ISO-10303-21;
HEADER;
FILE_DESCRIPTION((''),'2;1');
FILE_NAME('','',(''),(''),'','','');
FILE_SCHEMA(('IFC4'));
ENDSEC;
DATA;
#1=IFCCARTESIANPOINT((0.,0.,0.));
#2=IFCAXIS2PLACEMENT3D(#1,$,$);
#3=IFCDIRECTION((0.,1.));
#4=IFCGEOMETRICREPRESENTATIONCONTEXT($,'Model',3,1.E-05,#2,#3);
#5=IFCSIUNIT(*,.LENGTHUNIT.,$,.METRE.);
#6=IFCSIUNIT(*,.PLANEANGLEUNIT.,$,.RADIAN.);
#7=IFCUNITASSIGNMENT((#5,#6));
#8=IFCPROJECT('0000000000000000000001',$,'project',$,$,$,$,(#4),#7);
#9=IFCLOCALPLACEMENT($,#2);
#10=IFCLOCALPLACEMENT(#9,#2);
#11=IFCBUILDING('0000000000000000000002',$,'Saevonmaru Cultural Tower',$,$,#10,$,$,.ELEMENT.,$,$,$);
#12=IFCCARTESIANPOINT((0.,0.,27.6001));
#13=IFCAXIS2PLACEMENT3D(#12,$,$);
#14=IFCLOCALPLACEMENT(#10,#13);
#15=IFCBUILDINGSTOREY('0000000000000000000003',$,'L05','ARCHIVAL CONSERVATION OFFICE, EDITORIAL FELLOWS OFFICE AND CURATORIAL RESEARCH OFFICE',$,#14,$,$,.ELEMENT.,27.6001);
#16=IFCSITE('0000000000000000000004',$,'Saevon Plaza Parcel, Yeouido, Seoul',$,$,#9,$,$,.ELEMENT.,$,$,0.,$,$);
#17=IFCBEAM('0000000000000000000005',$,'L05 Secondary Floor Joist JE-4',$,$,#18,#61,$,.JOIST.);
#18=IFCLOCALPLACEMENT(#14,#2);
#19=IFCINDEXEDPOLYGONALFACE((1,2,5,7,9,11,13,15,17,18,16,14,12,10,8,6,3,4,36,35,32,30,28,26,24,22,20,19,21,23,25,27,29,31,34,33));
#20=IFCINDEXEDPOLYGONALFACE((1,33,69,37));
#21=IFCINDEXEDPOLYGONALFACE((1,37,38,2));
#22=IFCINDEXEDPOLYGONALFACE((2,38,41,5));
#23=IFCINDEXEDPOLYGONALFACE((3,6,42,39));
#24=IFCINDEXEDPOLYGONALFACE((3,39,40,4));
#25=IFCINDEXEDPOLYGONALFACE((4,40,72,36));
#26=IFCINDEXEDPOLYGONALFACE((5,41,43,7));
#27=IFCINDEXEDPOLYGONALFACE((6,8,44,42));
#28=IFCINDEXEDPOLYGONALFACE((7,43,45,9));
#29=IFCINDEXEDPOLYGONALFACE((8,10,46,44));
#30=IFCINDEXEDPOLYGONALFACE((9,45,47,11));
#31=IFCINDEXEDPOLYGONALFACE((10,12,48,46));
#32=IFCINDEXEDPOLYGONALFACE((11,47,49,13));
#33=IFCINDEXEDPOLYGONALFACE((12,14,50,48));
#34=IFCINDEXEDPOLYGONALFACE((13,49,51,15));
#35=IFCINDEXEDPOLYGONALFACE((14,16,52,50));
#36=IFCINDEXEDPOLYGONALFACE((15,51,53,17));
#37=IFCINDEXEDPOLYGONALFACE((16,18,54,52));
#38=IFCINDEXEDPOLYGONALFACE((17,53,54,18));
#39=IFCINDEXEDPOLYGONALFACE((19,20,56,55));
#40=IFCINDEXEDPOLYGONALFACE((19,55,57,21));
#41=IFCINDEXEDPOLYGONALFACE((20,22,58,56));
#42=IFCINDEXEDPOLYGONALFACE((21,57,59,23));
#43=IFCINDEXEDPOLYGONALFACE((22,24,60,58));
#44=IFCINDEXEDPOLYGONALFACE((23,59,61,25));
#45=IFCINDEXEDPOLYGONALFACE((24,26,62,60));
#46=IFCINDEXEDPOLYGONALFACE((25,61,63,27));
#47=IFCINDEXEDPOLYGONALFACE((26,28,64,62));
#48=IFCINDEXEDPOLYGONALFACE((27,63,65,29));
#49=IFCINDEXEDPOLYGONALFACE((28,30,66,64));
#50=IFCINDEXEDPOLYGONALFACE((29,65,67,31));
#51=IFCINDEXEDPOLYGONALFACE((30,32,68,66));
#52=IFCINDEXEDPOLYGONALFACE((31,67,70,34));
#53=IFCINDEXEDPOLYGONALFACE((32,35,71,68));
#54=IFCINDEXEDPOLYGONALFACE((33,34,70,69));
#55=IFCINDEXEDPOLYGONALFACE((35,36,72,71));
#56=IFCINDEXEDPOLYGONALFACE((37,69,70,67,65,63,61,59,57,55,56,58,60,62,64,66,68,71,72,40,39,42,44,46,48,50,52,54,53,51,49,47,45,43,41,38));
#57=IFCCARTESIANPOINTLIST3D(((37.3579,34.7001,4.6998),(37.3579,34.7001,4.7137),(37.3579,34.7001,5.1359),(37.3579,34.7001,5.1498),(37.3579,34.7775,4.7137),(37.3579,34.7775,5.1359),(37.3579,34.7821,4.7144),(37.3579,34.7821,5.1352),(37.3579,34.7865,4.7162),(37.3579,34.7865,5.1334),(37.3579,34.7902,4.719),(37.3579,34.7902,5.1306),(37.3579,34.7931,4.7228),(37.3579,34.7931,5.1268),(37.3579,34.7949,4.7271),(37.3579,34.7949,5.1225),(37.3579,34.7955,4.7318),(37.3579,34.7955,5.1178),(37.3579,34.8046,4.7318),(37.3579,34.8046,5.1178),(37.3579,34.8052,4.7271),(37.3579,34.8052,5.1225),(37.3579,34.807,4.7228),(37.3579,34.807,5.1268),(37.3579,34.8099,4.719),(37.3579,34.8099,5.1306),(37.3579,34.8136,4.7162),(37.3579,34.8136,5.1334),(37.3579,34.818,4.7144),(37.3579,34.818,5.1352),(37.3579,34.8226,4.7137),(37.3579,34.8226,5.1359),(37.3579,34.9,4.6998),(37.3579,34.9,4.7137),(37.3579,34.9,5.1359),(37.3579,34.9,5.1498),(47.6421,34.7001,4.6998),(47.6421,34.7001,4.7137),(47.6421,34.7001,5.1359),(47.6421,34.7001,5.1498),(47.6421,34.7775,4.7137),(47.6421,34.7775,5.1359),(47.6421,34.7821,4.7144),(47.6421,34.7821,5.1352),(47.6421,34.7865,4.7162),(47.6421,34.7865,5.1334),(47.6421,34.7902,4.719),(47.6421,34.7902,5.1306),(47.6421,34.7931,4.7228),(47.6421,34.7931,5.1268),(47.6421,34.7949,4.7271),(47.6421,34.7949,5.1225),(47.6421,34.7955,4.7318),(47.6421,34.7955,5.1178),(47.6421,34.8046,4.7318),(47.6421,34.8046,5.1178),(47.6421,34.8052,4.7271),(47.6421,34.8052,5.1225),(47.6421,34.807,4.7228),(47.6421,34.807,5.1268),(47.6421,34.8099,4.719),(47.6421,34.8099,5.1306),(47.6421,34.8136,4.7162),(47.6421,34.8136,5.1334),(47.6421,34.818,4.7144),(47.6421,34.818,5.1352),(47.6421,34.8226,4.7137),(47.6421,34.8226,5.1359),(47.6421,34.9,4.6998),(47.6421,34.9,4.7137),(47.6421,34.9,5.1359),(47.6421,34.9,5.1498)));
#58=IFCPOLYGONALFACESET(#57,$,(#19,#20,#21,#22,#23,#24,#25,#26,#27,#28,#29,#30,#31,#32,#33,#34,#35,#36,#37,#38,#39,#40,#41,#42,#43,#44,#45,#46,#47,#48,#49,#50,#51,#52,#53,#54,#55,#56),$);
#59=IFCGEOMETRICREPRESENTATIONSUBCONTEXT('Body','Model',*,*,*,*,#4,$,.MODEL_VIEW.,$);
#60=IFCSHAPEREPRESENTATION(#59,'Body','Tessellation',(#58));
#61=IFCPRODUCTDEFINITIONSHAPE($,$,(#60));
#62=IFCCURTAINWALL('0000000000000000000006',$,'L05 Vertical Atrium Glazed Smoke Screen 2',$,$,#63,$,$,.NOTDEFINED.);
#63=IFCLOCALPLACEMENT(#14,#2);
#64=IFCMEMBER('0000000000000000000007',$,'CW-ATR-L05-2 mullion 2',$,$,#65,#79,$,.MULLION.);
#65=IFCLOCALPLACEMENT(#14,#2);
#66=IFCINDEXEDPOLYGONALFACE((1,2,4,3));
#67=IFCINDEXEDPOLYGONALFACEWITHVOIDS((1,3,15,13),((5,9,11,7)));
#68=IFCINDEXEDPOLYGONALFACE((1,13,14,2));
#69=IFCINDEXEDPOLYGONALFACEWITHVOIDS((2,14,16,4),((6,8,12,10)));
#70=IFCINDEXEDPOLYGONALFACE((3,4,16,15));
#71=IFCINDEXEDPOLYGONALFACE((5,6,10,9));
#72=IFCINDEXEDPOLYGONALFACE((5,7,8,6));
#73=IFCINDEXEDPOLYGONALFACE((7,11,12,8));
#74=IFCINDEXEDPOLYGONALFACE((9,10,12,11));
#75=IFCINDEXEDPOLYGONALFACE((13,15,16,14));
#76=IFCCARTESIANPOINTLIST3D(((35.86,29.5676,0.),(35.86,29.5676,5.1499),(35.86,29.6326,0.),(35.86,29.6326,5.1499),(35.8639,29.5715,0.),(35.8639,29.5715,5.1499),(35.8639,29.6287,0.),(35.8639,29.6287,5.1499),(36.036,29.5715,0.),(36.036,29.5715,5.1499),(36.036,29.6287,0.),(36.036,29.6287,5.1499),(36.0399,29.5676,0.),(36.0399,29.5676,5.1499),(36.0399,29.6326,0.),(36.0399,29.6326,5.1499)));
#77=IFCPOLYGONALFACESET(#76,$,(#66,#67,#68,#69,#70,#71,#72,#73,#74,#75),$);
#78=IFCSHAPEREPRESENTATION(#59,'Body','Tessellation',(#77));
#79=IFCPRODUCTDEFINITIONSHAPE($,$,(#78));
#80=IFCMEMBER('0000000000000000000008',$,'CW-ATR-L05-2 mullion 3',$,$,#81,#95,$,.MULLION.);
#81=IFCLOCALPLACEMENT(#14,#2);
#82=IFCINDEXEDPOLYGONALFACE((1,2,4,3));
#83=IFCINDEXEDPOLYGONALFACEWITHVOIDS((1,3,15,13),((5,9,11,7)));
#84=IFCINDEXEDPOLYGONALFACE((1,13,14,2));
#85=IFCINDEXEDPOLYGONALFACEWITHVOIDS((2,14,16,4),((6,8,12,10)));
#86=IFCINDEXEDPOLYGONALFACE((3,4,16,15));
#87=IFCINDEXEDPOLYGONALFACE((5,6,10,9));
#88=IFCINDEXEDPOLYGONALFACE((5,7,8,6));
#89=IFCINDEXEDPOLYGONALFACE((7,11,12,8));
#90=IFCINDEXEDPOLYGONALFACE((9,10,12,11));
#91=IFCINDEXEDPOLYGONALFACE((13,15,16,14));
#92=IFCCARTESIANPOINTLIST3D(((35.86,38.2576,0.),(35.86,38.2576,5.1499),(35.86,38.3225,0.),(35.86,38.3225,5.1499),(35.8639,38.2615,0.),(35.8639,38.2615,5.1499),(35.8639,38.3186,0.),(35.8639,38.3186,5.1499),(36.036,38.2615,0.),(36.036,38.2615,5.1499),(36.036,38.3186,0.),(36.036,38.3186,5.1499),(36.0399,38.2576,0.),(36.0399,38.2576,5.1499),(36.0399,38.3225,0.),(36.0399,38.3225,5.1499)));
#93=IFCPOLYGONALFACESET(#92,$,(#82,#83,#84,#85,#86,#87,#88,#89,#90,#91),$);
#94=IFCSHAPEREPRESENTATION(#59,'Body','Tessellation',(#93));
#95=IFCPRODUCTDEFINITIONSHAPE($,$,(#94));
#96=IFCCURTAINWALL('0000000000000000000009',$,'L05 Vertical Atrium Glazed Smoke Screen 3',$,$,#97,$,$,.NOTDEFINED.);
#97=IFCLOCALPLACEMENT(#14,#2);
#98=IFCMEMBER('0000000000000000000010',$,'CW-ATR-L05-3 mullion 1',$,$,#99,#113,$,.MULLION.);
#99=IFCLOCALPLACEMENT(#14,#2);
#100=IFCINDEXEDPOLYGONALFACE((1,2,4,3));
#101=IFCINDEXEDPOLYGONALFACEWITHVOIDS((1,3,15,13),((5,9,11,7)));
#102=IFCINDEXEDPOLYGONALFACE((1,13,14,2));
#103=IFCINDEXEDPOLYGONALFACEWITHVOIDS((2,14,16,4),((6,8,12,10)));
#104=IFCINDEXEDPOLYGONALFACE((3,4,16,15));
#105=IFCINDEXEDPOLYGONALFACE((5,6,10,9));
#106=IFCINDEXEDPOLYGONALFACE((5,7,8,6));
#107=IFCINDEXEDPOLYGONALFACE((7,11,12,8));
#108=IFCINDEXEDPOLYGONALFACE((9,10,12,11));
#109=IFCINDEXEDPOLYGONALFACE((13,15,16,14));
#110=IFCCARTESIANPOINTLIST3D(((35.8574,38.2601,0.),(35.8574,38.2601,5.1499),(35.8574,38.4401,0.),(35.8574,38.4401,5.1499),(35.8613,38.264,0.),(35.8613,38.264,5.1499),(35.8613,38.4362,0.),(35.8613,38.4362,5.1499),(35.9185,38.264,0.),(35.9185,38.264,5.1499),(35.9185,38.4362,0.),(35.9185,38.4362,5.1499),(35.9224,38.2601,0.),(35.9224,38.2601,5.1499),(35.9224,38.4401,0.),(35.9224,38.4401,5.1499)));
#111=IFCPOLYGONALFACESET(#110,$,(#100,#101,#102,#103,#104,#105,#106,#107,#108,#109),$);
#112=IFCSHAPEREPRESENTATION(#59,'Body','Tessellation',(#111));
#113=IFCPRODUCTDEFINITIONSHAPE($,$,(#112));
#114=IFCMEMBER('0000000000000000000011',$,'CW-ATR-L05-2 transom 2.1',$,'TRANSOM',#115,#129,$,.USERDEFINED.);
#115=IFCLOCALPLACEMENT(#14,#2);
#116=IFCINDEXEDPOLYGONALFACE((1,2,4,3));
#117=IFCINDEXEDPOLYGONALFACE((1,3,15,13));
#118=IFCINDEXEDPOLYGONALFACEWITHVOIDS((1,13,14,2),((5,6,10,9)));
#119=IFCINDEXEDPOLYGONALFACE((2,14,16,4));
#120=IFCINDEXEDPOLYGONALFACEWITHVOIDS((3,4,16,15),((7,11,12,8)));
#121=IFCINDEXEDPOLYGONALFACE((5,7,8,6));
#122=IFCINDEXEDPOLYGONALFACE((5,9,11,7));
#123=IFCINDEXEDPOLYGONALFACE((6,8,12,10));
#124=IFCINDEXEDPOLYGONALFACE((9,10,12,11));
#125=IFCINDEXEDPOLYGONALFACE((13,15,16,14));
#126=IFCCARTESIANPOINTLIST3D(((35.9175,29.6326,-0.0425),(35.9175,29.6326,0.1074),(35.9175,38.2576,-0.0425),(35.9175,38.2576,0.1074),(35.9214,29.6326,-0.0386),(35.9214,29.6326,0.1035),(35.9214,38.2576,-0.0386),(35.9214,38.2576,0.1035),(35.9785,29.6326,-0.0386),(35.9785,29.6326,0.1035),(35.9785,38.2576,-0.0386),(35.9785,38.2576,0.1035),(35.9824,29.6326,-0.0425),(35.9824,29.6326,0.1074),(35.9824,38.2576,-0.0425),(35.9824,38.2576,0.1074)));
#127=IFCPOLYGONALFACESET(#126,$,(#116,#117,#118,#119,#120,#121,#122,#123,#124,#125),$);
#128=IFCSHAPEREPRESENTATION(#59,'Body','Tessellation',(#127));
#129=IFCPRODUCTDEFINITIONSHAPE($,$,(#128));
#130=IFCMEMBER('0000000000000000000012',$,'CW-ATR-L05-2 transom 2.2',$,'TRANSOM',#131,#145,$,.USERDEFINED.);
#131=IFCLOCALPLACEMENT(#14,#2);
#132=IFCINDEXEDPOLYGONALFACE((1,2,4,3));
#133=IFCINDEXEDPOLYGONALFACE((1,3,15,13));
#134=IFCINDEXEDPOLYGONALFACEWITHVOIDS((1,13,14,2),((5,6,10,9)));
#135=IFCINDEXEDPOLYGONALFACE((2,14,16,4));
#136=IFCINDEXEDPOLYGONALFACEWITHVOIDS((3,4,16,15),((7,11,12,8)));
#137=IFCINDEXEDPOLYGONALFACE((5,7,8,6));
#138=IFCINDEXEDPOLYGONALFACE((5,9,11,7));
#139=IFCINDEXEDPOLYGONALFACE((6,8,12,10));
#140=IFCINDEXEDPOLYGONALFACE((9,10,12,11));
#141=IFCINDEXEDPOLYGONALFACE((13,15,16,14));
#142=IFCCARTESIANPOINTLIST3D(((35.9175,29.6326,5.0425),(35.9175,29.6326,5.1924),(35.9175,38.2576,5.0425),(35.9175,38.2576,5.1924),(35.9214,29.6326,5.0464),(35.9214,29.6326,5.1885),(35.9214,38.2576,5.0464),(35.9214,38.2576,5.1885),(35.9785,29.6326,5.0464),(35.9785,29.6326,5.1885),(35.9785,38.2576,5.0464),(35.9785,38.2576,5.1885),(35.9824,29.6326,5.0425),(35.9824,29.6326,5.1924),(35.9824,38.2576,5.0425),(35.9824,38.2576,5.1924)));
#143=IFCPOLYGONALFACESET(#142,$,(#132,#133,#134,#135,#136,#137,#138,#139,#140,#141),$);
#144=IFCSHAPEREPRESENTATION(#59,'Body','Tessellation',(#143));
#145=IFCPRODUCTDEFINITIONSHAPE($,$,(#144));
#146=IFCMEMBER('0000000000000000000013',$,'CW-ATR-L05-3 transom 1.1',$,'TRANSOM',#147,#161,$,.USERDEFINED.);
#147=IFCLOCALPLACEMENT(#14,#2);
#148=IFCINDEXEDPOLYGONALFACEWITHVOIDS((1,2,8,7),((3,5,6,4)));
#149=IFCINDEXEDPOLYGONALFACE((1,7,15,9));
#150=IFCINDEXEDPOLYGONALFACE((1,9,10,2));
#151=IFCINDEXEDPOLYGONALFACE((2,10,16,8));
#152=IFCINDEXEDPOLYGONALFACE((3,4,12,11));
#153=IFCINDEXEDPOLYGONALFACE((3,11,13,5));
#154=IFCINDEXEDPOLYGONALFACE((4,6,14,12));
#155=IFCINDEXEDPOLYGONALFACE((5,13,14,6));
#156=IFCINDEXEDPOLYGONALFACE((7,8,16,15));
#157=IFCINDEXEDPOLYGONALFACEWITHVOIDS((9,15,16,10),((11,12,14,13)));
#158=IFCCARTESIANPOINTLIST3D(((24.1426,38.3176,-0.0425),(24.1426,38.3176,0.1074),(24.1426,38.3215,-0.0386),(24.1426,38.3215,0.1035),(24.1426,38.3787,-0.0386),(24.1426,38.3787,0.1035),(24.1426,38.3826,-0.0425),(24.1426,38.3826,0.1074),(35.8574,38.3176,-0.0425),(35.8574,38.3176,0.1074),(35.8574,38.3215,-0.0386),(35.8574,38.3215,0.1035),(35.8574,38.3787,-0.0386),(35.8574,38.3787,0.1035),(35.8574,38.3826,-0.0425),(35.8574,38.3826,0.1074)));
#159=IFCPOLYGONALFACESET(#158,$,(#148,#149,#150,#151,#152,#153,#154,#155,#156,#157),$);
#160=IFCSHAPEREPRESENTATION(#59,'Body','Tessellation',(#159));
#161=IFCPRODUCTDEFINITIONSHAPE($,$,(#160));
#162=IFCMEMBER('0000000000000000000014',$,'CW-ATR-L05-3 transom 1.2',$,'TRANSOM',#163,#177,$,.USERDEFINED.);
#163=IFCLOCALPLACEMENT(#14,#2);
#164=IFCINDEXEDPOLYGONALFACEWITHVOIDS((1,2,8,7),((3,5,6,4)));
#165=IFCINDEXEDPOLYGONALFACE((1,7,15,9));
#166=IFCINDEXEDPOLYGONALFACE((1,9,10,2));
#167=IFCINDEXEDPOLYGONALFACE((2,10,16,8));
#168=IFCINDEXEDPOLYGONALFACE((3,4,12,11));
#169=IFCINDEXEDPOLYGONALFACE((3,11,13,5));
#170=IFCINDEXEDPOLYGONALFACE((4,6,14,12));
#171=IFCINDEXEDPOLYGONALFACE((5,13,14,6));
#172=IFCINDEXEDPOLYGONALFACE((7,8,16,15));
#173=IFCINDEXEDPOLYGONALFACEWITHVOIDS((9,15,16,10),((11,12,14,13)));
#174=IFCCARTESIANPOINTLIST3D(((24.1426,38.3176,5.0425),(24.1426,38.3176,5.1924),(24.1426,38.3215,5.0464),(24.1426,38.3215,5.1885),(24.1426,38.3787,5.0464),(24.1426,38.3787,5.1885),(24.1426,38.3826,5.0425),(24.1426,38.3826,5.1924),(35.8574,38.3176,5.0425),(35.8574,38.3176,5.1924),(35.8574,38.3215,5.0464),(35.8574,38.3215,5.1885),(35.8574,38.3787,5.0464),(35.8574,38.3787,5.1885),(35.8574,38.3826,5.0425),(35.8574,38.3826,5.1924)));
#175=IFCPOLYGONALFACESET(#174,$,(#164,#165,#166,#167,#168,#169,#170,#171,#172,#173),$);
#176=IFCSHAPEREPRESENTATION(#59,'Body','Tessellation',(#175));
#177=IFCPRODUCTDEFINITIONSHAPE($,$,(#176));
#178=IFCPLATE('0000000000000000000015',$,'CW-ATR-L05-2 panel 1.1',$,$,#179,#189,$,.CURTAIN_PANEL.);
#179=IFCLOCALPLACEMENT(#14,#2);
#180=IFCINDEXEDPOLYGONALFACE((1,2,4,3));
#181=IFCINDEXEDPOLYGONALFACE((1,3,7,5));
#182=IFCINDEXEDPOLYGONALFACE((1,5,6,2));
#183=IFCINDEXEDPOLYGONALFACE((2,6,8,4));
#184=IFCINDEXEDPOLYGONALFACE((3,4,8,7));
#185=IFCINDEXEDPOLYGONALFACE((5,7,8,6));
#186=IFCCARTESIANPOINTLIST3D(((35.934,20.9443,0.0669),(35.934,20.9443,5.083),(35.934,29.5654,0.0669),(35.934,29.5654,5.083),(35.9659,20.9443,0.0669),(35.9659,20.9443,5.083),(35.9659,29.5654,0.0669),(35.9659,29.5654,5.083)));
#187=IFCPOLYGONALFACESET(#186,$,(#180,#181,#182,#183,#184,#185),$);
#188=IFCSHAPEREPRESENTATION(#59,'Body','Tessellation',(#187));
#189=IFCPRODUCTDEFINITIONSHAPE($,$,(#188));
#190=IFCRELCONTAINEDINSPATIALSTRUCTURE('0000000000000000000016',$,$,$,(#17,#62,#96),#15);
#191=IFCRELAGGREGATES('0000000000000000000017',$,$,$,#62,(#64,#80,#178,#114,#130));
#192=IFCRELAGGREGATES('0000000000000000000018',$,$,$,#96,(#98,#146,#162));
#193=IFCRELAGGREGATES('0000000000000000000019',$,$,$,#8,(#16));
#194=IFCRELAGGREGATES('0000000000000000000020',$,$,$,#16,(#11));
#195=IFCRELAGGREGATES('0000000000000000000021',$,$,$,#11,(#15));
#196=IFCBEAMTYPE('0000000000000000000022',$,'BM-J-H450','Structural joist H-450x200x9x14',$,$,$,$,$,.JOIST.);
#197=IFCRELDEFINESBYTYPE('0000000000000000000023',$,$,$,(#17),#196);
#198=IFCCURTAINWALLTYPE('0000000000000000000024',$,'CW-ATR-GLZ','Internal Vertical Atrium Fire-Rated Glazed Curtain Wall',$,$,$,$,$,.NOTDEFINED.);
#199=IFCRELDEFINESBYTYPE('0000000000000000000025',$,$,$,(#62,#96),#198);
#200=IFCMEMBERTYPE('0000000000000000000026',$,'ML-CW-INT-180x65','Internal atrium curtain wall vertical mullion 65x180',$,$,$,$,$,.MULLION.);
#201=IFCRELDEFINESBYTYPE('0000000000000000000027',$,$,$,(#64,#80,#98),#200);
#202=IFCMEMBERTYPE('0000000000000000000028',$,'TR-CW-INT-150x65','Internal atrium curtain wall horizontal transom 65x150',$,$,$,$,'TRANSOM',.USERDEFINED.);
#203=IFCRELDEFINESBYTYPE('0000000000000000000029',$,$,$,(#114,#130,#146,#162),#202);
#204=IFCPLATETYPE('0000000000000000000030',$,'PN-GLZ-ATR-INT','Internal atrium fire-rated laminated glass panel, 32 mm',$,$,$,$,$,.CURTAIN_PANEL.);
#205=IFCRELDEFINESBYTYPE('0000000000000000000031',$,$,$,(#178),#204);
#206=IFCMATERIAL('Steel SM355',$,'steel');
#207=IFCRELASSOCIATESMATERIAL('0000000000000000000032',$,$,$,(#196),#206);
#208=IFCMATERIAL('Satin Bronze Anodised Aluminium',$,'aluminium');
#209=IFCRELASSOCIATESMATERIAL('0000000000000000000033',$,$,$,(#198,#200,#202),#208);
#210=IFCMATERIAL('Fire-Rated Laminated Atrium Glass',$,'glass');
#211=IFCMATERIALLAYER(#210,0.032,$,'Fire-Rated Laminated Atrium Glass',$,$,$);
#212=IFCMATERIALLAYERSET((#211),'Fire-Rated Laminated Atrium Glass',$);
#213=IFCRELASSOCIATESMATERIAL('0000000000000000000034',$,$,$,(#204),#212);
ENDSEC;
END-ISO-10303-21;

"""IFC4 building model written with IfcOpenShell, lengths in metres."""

from ifc_helpers import new_model, si_unit, direction, frame, origin, origin_2d, place, context, subcontext, project, spatial, rectangle, hollow_rectangle, i_section, extrude, material, layer, layer_set, material_profile, profile_set, type_object, element, aggregate, save


model = new_model("IFC4")

# Units and contexts
model_context = context("Model", 3, precision=1e-05, world=origin(), true_north=direction((0.0, 1.0)))
body_context = subcontext(model_context, "Body", "Model", "MODEL_VIEW")
ifc_project = project(units=[si_unit("LENGTHUNIT", "METRE"), si_unit("PLANEANGLEUNIT", "RADIAN")], contexts=[model_context])

# Site, building, storey
site_placement = place(None, origin())
site = spatial("IfcSite", under=ifc_project, at=site_placement, Name="Saevon Plaza Parcel, Yeouido, Seoul", CompositionType="ELEMENT", RefElevation=0.0)
building_placement = place(site_placement, origin())
building = spatial("IfcBuilding", under=site, at=building_placement, Name="Saevonmaru Cultural Tower", CompositionType="ELEMENT")
storey_placement = place(building_placement, frame((0.0, 0.0, 27.6001)))
storey = spatial("IfcBuildingStorey", under=building, at=storey_placement, Name="L05", Description="ARCHIVAL CONSERVATION OFFICE, EDITORIAL FELLOWS OFFICE AND CURATORIAL RESEARCH OFFICE", CompositionType="ELEMENT", Elevation=27.6001)

# Beam
ifc_material_1 = material(Name="Steel SM355", Category="steel")
ifc_material_profile_1 = material_profile(ifc_material_1, i_section(OverallWidth=0.2, OverallDepth=0.45, WebThickness=0.009, FlangeThickness=0.0139, FilletRadius=0.0181, at=origin_2d()), Name="H-450x200x9x14")
ifc_profile_set_1 = profile_set([ifc_material_profile_1], Name="Steel SM355")
beam_type_1 = type_object("IfcBeamType", Name="BM-J-H450", Description="Structural joist H-450x200x9x14", PredefinedType="JOIST", material=ifc_profile_set_1)
for number, where, z_axis, x_axis, name in (
    (1, (37.3579, 34.8, 4.9248), (1.0, 0.0, 0.0), (0.0, 1.0, 0.0), "L05 Secondary Floor Joist JE-4"),
):
    element("IfcBeam", number, at=place(storey_placement, frame(where, z_axis=z_axis, x_axis=x_axis)), inside=storey, type_object=beam_type_1, Name=name, PredefinedType="JOIST", context=body_context, shape_type="SweptSolid", body=[
        extrude(i_section(OverallWidth=0.2, OverallDepth=0.45, WebThickness=0.009, FlangeThickness=0.0139, FilletRadius=0.0181, at=origin_2d()), origin(), (0.0, 0.0, 1.0), 10.2842),
    ])

# Curtain wall, members
ifc_material_2 = material(Name="Satin Bronze Anodised Aluminium", Category="aluminium")
curtain_wall_type = type_object("IfcCurtainWallType", Name="CW-ATR-GLZ", Description="Internal Vertical Atrium Fire-Rated Glazed Curtain Wall", PredefinedType="NOTDEFINED", material=ifc_material_2)
curtain_wall_1_placement = place(storey_placement, origin())
curtain_wall_1 = element("IfcCurtainWall", 2, at=curtain_wall_1_placement, inside=storey, type_object=curtain_wall_type, Name="L05 Vertical Atrium Glazed Smoke Screen 2", PredefinedType="NOTDEFINED")
ifc_material_profile_2 = material_profile(ifc_material_2, hollow_rectangle(XDim=0.0649, YDim=0.1799, WallThickness=0.0039, at=origin_2d()), Name="ALU-MULL-180x65x4")
ifc_profile_set_2 = profile_set([ifc_material_profile_2], Name="Satin Bronze Anodised Aluminium")
member_type_1 = type_object("IfcMemberType", Name="ML-CW-INT-180x65", Description="Internal atrium curtain wall vertical mullion 65x180", PredefinedType="MULLION", material=ifc_profile_set_2)
member_1_placement = place(storey_placement, frame((35.95, 29.6001, 0.0), z_axis=(0.0, 0.0, 1.0), x_axis=(0.0, 1.0, 0.0)))
member_1 = element("IfcMember", 3, at=member_1_placement, type_object=member_type_1, Name="CW-ATR-L05-2 mullion 2", PredefinedType="MULLION", context=body_context, shape_type="SweptSolid", body=[
    extrude(hollow_rectangle(XDim=0.0649, YDim=0.1799, WallThickness=0.0039, at=origin_2d()), origin(), (0.0, 0.0, 1.0), 5.1499),
])
member_2_placement = place(storey_placement, frame((35.95, 38.29, 0.0), z_axis=(0.0, 0.0, 1.0), x_axis=(0.0, 1.0, 0.0)))
member_2 = element("IfcMember", 4, at=member_2_placement, type_object=member_type_1, Name="CW-ATR-L05-2 mullion 3", PredefinedType="MULLION", context=body_context, shape_type="SweptSolid", body=[
    extrude(hollow_rectangle(XDim=0.0649, YDim=0.1799, WallThickness=0.0039, at=origin_2d()), origin(), (0.0, 0.0, 1.0), 5.1499),
])

# Curtain wall, member
curtain_wall_2_placement = place(storey_placement, origin())
curtain_wall_2 = element("IfcCurtainWall", 5, at=curtain_wall_2_placement, inside=storey, type_object=curtain_wall_type, Name="L05 Vertical Atrium Glazed Smoke Screen 3", PredefinedType="NOTDEFINED")
member_3_placement = place(storey_placement, frame((35.8899, 38.3501, 0.0), z_axis=(0.0, 0.0, 1.0), x_axis=(-1.0, 0.0, 0.0)))
member_3 = element("IfcMember", 6, at=member_3_placement, type_object=member_type_1, Name="CW-ATR-L05-3 mullion 1", PredefinedType="MULLION", context=body_context, shape_type="SweptSolid", body=[
    extrude(hollow_rectangle(XDim=0.0649, YDim=0.1799, WallThickness=0.0039, at=origin_2d()), origin(), (0.0, 0.0, 1.0), 5.1499),
])

# Members
ifc_material_profile_3 = material_profile(ifc_material_2, hollow_rectangle(XDim=0.0649, YDim=0.1499, WallThickness=0.0039, at=origin_2d()), Name="ALU-TRAN-150x65x4")
ifc_profile_set_3 = profile_set([ifc_material_profile_3], Name="Satin Bronze Anodised Aluminium")
member_type_2 = type_object("IfcMemberType", Name="TR-CW-INT-150x65", Description="Internal atrium curtain wall horizontal transom 65x150", ElementType="TRANSOM", PredefinedType="USERDEFINED", material=ifc_profile_set_3)
member_4_placement = place(storey_placement, frame((35.95, 29.6326, 0.0325), z_axis=(0.0, 1.0, 0.0), x_axis=(-1.0, 0.0, 0.0)))
member_4 = element("IfcMember", 7, at=member_4_placement, type_object=member_type_2, Name="CW-ATR-L05-2 transom 2.1", ObjectType="TRANSOM", PredefinedType="USERDEFINED", context=body_context, shape_type="SweptSolid", body=[
    extrude(hollow_rectangle(XDim=0.0649, YDim=0.1499, WallThickness=0.0039, at=origin_2d()), origin(), (0.0, 0.0, 1.0), 8.625),
])
member_5_placement = place(storey_placement, frame((35.95, 29.6326, 5.1174), z_axis=(0.0, 1.0, 0.0), x_axis=(-1.0, 0.0, 0.0)))
member_5 = element("IfcMember", 8, at=member_5_placement, type_object=member_type_2, Name="CW-ATR-L05-2 transom 2.2", ObjectType="TRANSOM", PredefinedType="USERDEFINED", context=body_context, shape_type="SweptSolid", body=[
    extrude(hollow_rectangle(XDim=0.0649, YDim=0.1499, WallThickness=0.0039, at=origin_2d()), origin(), (0.0, 0.0, 1.0), 8.625),
])
member_6_placement = place(storey_placement, frame((35.8574, 38.3501, 0.0325), z_axis=(-1.0, 0.0, 0.0), x_axis=(0.0, -1.0, 0.0)))
member_6 = element("IfcMember", 9, at=member_6_placement, type_object=member_type_2, Name="CW-ATR-L05-3 transom 1.1", ObjectType="TRANSOM", PredefinedType="USERDEFINED", context=body_context, shape_type="SweptSolid", body=[
    extrude(hollow_rectangle(XDim=0.0649, YDim=0.1499, WallThickness=0.0039, at=origin_2d()), origin(), (0.0, 0.0, 1.0), 11.7148),
])
member_7_placement = place(storey_placement, frame((35.8574, 38.3501, 5.1174), z_axis=(-1.0, 0.0, 0.0), x_axis=(0.0, -1.0, 0.0)))
member_7 = element("IfcMember", 10, at=member_7_placement, type_object=member_type_2, Name="CW-ATR-L05-3 transom 1.2", ObjectType="TRANSOM", PredefinedType="USERDEFINED", context=body_context, shape_type="SweptSolid", body=[
    extrude(hollow_rectangle(XDim=0.0649, YDim=0.1499, WallThickness=0.0039, at=origin_2d()), origin(), (0.0, 0.0, 1.0), 11.7148),
])

# Plate
ifc_material_3 = material(Name="Fire-Rated Laminated Atrium Glass", Category="glass")
ifc_layer = layer(ifc_material_3, 0.032, Name="Fire-Rated Laminated Atrium Glass")
ifc_layer_set = layer_set([ifc_layer], Name="Fire-Rated Laminated Atrium Glass")
plate_type = type_object("IfcPlateType", Name="PN-GLZ-ATR-INT", Description="Internal atrium fire-rated laminated glass panel, 32 mm", PredefinedType="CURTAIN_PANEL", material=ifc_layer_set)
plate_1_placement = place(storey_placement, frame((35.95, 25.2549, 0.0669), z_axis=(0.0, 0.0, 1.0), x_axis=(0.0, 1.0, 0.0)))
plate_1 = element("IfcPlate", 11, at=plate_1_placement, type_object=plate_type, Name="CW-ATR-L05-2 panel 1.1", PredefinedType="CURTAIN_PANEL", context=body_context, shape_type="SweptSolid", body=[
    extrude(rectangle(XDim=8.6211, YDim=0.032, at=origin_2d()), origin(), (0.0, 0.0, 1.0), 5.0161),
])
aggregate(curtain_wall_1, [member_1, member_2, plate_1, member_4, member_5])
aggregate(curtain_wall_2, [member_3, member_6, member_7])

save(model, "model.ifc")
